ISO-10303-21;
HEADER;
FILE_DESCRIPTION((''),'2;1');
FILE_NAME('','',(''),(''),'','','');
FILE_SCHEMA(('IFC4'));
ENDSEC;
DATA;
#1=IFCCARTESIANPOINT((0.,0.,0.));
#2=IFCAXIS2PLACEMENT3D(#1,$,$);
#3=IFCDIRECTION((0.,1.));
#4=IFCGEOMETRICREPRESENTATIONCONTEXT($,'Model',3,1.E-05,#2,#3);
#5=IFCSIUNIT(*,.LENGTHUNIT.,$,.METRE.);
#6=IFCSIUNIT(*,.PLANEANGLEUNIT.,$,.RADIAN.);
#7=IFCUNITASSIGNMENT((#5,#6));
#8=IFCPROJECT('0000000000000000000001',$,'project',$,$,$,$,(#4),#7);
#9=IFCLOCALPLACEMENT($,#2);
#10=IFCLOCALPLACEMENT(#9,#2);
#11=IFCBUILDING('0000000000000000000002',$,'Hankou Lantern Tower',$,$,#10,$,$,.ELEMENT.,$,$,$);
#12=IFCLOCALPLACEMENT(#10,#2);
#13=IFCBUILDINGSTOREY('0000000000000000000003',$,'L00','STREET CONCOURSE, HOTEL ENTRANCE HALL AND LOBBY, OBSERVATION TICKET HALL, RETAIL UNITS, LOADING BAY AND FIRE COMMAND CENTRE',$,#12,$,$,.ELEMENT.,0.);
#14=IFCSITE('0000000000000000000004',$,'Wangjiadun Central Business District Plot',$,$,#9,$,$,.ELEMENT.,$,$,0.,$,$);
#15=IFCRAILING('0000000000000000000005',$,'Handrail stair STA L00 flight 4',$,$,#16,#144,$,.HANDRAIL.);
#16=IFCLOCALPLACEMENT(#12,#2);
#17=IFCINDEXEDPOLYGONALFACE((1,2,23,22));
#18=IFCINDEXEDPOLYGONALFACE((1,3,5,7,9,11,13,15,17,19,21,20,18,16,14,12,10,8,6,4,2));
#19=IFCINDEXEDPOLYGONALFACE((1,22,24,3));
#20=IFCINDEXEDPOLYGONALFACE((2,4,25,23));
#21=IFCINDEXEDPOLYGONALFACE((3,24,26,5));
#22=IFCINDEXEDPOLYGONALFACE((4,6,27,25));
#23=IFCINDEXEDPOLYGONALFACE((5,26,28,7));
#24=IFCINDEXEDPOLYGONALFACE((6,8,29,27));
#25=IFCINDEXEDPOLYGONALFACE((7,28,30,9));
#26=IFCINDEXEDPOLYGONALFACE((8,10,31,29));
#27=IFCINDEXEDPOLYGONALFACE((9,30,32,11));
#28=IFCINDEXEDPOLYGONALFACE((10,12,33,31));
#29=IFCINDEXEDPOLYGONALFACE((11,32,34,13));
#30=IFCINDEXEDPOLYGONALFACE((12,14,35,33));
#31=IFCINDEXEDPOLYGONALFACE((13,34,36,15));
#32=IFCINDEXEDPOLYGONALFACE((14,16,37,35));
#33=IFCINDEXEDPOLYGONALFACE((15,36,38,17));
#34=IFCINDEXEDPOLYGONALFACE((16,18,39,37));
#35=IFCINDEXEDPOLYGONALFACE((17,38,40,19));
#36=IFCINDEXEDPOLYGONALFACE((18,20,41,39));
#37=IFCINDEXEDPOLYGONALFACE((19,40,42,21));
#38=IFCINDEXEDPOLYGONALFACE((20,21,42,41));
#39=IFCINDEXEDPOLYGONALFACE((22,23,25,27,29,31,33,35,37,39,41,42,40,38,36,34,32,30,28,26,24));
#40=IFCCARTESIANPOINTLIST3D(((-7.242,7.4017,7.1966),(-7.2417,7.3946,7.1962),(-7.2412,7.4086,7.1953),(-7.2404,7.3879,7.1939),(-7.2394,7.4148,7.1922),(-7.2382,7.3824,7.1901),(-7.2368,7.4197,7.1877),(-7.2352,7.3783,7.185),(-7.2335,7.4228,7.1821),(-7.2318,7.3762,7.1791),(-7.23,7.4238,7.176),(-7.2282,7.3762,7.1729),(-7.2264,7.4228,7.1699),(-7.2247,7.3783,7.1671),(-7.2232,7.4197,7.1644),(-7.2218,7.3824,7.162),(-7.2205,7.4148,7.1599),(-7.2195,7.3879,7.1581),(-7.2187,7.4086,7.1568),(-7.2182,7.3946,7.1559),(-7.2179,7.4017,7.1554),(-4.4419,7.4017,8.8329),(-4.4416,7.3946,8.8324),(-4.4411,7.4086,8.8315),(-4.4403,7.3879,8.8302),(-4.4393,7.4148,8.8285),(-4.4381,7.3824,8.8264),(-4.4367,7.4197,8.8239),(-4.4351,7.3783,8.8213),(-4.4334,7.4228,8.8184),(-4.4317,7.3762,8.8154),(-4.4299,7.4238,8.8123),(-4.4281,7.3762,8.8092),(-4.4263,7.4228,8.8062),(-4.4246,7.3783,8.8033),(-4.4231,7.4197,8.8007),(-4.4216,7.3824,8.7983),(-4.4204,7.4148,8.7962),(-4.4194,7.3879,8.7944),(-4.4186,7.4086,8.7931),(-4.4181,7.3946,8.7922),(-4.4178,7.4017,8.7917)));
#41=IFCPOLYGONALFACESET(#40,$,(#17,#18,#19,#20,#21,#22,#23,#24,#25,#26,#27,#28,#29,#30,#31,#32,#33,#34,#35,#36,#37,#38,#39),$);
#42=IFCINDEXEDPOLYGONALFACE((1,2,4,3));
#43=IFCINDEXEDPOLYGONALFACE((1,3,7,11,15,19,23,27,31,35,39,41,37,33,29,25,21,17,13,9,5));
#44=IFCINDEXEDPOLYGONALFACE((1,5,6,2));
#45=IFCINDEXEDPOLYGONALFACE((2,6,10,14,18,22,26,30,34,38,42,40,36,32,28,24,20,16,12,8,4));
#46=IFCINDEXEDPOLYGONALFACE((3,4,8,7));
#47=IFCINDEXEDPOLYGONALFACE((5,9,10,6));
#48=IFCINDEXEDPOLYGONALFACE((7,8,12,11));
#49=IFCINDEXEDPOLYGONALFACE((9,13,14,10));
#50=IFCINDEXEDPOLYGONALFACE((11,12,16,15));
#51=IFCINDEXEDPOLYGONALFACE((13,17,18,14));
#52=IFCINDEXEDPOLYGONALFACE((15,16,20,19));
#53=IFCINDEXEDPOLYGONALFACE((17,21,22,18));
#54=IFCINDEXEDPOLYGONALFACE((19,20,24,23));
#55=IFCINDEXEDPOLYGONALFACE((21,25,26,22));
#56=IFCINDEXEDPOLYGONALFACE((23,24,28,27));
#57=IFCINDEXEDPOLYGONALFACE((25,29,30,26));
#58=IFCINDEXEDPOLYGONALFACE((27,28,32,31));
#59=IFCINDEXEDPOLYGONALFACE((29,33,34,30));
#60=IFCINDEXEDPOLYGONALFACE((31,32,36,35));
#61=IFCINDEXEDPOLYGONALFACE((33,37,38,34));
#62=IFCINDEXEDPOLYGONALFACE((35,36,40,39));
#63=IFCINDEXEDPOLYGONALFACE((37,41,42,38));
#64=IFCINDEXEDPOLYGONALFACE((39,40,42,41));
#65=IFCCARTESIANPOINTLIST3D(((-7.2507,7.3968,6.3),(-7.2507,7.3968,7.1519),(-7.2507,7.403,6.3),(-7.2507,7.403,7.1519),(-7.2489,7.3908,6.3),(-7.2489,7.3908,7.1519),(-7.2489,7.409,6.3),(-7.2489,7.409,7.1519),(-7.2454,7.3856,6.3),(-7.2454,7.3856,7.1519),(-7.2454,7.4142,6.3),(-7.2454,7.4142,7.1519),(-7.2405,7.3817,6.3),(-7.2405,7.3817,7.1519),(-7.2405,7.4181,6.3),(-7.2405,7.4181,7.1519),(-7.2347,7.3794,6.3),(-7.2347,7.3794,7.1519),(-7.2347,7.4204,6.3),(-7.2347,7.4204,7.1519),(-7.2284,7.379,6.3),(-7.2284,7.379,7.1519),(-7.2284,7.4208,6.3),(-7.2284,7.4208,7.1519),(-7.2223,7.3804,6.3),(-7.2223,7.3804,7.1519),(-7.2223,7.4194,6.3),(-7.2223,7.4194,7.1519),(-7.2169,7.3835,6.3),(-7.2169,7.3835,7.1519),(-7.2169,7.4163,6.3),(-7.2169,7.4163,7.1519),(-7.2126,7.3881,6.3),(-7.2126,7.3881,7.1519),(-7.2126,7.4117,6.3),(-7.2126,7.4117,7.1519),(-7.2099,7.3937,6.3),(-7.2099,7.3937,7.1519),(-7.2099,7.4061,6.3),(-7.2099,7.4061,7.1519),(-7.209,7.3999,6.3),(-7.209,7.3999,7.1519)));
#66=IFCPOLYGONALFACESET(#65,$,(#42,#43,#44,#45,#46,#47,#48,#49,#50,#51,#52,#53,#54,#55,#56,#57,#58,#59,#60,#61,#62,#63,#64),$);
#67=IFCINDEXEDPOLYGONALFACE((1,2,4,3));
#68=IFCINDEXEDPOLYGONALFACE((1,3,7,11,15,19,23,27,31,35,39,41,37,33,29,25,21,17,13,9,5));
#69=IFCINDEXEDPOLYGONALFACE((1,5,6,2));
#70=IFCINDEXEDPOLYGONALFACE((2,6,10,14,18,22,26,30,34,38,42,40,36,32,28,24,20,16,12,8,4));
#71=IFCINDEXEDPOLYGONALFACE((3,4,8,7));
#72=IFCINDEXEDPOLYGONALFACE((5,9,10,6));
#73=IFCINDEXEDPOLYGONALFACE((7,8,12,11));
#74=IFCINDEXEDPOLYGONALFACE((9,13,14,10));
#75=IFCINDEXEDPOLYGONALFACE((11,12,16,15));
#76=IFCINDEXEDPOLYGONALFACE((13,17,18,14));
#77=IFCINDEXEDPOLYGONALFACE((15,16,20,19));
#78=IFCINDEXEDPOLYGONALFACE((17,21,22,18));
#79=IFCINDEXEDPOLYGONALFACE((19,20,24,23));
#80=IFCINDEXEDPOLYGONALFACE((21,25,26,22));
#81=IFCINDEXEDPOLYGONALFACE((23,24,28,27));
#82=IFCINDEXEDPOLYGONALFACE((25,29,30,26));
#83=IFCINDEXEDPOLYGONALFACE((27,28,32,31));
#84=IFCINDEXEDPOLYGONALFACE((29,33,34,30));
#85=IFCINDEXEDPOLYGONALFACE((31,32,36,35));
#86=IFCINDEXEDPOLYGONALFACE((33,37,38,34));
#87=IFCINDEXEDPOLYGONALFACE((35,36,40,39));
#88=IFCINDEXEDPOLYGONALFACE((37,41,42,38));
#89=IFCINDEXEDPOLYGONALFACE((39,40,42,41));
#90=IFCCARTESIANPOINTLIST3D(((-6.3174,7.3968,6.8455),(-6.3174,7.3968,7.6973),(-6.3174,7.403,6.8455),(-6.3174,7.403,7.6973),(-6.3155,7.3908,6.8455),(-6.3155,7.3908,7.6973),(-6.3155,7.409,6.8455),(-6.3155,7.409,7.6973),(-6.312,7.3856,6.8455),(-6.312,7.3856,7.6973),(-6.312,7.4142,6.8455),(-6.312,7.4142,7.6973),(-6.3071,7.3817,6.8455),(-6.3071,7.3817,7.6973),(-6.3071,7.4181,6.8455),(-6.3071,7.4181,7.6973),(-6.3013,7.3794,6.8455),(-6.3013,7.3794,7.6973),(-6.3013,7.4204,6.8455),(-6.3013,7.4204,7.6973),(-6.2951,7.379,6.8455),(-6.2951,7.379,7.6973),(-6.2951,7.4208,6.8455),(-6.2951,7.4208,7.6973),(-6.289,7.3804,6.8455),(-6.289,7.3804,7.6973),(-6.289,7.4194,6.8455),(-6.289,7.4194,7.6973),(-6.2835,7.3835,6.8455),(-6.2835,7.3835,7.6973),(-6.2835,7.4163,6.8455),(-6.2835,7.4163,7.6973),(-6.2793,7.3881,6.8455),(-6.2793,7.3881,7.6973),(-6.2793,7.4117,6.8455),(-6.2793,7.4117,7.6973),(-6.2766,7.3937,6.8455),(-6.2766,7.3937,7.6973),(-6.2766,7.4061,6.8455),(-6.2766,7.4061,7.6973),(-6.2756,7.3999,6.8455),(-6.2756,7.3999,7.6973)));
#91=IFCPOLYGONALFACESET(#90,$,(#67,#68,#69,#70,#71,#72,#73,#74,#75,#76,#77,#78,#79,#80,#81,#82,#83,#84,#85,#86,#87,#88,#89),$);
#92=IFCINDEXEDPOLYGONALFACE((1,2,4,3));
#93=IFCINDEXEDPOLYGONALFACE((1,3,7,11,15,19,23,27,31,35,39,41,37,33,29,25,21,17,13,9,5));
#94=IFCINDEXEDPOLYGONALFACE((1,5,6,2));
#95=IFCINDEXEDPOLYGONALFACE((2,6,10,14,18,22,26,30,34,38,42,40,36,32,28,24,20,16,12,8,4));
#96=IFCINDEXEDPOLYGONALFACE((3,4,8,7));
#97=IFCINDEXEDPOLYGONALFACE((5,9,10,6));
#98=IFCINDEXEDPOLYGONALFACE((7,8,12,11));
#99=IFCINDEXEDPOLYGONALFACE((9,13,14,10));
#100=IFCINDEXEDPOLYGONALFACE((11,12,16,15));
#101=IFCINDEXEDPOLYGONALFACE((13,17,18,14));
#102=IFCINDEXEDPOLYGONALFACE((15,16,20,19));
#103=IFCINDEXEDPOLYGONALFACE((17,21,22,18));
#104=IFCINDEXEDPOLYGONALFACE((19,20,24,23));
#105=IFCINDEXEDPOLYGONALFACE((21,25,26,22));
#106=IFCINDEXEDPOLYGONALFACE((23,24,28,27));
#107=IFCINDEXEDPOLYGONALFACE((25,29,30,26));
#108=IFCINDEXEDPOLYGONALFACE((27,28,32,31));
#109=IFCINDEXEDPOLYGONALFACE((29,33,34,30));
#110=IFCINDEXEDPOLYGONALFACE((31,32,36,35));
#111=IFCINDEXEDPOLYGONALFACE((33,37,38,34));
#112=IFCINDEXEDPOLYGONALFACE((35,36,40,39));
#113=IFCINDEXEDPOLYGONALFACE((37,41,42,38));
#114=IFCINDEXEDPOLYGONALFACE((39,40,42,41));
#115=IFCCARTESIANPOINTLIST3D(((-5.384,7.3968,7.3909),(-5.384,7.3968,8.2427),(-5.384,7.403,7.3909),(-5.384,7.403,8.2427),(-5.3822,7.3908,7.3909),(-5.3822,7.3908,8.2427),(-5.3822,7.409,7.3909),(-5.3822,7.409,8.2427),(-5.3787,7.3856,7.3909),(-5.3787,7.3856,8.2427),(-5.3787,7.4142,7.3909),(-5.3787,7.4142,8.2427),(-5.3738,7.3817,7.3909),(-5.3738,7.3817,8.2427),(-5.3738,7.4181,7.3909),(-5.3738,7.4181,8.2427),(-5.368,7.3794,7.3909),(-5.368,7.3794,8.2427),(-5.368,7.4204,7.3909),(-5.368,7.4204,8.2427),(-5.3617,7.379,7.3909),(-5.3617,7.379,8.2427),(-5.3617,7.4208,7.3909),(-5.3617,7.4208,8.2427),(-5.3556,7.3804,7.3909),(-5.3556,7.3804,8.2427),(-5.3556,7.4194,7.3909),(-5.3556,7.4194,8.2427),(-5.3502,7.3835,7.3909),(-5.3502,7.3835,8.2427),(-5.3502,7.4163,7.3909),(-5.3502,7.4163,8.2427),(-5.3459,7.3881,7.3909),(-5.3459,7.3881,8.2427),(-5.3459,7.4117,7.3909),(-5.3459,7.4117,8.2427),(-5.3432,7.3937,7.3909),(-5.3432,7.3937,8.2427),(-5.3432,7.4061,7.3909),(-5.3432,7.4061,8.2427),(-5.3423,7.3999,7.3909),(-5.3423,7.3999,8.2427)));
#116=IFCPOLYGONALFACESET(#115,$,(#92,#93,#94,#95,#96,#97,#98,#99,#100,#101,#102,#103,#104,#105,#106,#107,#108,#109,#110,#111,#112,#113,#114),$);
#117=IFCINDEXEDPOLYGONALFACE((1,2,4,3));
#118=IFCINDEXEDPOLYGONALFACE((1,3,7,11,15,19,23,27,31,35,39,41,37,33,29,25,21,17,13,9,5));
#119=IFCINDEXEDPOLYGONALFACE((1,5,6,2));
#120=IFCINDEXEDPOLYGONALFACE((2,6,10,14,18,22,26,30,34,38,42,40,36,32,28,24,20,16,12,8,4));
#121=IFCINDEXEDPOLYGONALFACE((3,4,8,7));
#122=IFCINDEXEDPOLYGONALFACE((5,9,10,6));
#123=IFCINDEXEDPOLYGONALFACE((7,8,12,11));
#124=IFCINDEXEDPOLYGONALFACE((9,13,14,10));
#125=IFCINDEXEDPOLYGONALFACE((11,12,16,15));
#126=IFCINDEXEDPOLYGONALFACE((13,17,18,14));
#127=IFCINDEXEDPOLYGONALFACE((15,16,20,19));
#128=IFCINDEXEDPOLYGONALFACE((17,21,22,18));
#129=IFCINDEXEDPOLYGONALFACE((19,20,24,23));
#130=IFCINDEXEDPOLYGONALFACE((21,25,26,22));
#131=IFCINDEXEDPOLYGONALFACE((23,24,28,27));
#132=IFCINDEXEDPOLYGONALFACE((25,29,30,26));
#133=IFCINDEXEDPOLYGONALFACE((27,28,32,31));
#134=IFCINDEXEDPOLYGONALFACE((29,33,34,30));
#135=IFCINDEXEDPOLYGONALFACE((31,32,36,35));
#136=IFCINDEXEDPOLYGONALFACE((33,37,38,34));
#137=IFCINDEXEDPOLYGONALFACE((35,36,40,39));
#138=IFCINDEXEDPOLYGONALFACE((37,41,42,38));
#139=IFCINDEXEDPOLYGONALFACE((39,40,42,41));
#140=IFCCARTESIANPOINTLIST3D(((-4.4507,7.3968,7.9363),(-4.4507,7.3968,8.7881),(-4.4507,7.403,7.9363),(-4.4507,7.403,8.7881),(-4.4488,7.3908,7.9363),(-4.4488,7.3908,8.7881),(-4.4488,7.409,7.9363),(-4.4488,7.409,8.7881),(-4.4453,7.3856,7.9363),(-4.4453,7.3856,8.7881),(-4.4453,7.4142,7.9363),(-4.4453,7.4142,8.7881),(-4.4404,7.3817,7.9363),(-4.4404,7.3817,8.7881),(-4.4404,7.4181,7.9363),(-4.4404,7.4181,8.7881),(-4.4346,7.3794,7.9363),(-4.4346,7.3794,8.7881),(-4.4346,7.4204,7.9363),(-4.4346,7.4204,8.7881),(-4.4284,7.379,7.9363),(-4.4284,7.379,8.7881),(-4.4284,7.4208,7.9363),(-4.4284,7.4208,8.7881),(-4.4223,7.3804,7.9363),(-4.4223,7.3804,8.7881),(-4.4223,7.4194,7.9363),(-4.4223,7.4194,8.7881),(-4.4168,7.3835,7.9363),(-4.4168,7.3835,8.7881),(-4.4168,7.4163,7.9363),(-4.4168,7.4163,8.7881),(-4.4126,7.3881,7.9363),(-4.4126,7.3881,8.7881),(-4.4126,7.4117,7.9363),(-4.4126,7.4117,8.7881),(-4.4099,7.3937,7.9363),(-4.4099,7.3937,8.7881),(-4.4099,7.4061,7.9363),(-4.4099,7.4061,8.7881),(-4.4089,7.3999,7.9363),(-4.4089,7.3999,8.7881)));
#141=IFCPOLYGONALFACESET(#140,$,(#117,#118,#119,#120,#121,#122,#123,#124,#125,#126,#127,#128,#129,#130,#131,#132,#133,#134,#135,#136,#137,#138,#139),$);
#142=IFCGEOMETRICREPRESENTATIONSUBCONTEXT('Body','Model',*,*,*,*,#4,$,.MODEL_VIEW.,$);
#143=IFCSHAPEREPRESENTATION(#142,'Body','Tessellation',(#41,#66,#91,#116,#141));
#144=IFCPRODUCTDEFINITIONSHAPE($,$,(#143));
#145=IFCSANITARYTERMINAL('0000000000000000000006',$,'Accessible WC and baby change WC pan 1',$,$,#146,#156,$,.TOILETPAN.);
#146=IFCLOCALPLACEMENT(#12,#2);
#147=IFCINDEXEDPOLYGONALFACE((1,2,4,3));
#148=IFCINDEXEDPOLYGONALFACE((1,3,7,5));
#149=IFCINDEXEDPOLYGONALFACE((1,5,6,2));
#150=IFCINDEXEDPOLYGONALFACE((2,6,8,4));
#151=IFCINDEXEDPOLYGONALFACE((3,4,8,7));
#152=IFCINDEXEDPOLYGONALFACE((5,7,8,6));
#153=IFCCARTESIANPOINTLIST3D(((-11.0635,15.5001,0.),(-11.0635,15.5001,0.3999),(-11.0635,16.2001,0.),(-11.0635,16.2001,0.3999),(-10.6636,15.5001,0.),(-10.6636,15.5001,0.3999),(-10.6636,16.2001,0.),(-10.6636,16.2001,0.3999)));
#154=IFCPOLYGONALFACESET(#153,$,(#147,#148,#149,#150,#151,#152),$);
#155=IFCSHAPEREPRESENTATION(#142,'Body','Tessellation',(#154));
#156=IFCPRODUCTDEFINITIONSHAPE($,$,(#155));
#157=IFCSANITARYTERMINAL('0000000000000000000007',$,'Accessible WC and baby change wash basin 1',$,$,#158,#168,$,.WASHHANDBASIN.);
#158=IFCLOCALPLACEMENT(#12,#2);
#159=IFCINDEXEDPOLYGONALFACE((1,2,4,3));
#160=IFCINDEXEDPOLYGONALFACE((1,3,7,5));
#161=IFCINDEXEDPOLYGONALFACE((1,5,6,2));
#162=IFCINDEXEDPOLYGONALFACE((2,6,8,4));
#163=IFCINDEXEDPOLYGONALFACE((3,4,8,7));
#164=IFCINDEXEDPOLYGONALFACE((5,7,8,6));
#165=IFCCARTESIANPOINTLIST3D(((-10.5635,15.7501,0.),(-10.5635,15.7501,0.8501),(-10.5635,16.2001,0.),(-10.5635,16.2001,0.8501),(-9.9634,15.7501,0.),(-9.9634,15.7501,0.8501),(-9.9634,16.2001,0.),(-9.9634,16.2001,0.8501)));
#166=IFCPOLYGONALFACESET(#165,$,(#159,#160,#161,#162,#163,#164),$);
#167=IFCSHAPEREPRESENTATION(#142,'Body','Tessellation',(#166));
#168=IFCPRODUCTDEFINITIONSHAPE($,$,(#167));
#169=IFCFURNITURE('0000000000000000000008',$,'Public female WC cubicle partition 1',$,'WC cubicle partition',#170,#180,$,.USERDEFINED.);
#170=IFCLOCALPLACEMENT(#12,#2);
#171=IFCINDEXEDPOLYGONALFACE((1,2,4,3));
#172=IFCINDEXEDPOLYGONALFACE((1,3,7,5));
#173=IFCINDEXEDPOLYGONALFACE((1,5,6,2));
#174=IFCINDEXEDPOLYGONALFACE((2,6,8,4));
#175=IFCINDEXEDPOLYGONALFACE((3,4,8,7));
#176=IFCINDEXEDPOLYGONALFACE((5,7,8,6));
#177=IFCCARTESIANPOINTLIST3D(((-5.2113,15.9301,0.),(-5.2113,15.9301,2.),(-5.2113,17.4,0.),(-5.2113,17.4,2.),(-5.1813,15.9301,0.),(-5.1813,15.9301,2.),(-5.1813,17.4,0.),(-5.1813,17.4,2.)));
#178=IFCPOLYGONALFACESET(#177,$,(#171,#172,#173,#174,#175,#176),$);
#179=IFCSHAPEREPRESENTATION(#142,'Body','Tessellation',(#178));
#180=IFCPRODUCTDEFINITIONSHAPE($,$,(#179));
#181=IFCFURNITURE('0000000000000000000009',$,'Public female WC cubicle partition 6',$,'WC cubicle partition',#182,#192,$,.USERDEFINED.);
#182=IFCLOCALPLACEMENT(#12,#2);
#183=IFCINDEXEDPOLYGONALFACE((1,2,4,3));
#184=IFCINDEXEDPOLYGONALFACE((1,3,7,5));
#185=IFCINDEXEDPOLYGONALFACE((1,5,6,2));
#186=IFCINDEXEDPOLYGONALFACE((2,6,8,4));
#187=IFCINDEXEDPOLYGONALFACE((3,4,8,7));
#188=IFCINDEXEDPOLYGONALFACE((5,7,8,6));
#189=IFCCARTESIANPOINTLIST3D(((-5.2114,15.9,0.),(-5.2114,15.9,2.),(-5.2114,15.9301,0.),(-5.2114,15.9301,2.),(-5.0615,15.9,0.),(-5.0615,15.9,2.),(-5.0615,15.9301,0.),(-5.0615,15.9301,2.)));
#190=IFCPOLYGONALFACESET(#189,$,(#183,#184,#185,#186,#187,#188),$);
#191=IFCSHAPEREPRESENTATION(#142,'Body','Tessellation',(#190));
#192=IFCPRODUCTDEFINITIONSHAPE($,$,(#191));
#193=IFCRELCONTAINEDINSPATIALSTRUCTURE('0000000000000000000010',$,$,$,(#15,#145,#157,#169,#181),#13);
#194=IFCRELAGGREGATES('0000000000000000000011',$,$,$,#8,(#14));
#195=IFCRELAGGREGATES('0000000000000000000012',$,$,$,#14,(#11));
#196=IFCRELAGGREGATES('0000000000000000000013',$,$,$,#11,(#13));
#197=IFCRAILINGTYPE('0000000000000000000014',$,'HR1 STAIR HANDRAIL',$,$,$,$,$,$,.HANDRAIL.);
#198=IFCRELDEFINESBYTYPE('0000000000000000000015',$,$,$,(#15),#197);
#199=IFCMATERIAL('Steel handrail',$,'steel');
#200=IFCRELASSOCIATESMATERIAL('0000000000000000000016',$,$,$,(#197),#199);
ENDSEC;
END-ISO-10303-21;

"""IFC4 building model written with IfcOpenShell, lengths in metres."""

from ifc_helpers import new_model, si_unit, direction, frame, origin, origin_2d, place, context, subcontext, project, spatial, rectangle, circle, extrude, material, type_object, element, save


model = new_model("IFC4")

# Units and contexts
model_context = context("Model", 3, precision=1e-05, world=origin(), true_north=direction((0.0, 1.0)))
body_context = subcontext(model_context, "Body", "Model", "MODEL_VIEW")
ifc_project = project(units=[si_unit("LENGTHUNIT", "METRE"), si_unit("PLANEANGLEUNIT", "RADIAN")], contexts=[model_context])

# Site, building, storey
site_placement = place(None, origin())
site = spatial("IfcSite", under=ifc_project, at=site_placement, Name="Wangjiadun Central Business District Plot", CompositionType="ELEMENT", RefElevation=0.0)
building_placement = place(site_placement, origin())
building = spatial("IfcBuilding", under=site, at=building_placement, Name="Hankou Lantern Tower", CompositionType="ELEMENT")
storey_placement = place(building_placement, origin())
storey = spatial("IfcBuildingStorey", under=building, at=storey_placement, Name="L00", Description="STREET CONCOURSE, HOTEL ENTRANCE HALL AND LOBBY, OBSERVATION TICKET HALL, RETAIL UNITS, LOADING BAY AND FIRE COMMAND CENTRE", CompositionType="ELEMENT", Elevation=0.0)

# Railing
ifc_material_1 = material(Name="Steel handrail", Category="steel")
railing_type = type_object("IfcRailingType", Name="HR1 STAIR HANDRAIL", PredefinedType="HANDRAIL", material=ifc_material_1)
railing_1_placement = place(storey_placement, frame((-7.23, 7.3999, 6.3)))
element("IfcRailing", 1, at=railing_1_placement, inside=storey, type_object=railing_type, Name="Handrail stair STA L00 flight 4", PredefinedType="HANDRAIL", context=body_context, shape_type="SweptSolid", body=[
    extrude(circle(Radius=0.0239, at=origin_2d()), frame((0.0, 0.0, 0.876), z_axis=(0.863394, 0.0, 0.504531), x_axis=(0.0, 1.0, 0.0)), (0.0, 0.0, 1.0), 3.2432),
    extrude(circle(Radius=0.021, at=origin_2d()), origin(), (0.0, 0.0, 1.0), 0.8518),
    extrude(circle(Radius=0.021, at=origin_2d()), frame((0.9333, 0.0, 0.5454)), (0.0, 0.0, 1.0), 0.8518),
    extrude(circle(Radius=0.021, at=origin_2d()), frame((1.8667, 0.0, 1.0908)), (0.0, 0.0, 1.0), 0.8518),
    extrude(circle(Radius=0.021, at=origin_2d()), frame((2.8, 0.0, 1.6362)), (0.0, 0.0, 1.0), 0.8518),
])

# Sanitary terminals
sanitary_terminal_1_placement = place(storey_placement, frame((-10.8635, 15.8501, 0.0), z_axis=(0.0, 0.0, 1.0), x_axis=(1.0, 0.0, 0.0)))
element("IfcSanitaryTerminal", 2, at=sanitary_terminal_1_placement, inside=storey, Name="Accessible WC and baby change WC pan 1", PredefinedType="TOILETPAN", context=body_context, shape_type="SweptSolid", body=[
    extrude(rectangle(XDim=0.3999, YDim=0.7, at=origin_2d()), origin(), (0.0, 0.0, 1.0), 0.3999),
])
sanitary_terminal_2_placement = place(storey_placement, frame((-10.2634, 15.9751, 0.0), z_axis=(0.0, 0.0, 1.0), x_axis=(1.0, 0.0, 0.0)))
element("IfcSanitaryTerminal", 3, at=sanitary_terminal_2_placement, inside=storey, Name="Accessible WC and baby change wash basin 1", PredefinedType="WASHHANDBASIN", context=body_context, shape_type="SweptSolid", body=[
    extrude(rectangle(XDim=0.6001, YDim=0.45, at=origin_2d()), origin(), (0.0, 0.0, 1.0), 0.8501),
])

# Furniture
furniture_1_placement = place(storey_placement, frame((-5.1963, 16.665, 0.0), z_axis=(0.0, 0.0, 1.0), x_axis=(1.0, 0.0, 0.0)))
element("IfcFurniture", 4, at=furniture_1_placement, inside=storey, Name="Public female WC cubicle partition 1", ObjectType="WC cubicle partition", PredefinedType="USERDEFINED", context=body_context, shape_type="SweptSolid", body=[
    extrude(rectangle(XDim=0.03, YDim=1.47, at=origin_2d()), origin(), (0.0, 0.0, 1.0), 2.0),
])
furniture_2_placement = place(storey_placement, frame((-5.1365, 15.915, 0.0), z_axis=(0.0, 0.0, 1.0), x_axis=(1.0, 0.0, 0.0)))
element("IfcFurniture", 5, at=furniture_2_placement, inside=storey, Name="Public female WC cubicle partition 6", ObjectType="WC cubicle partition", PredefinedType="USERDEFINED", context=body_context, shape_type="SweptSolid", body=[
    extrude(rectangle(XDim=0.1499, YDim=0.03, at=origin_2d()), origin(), (0.0, 0.0, 1.0), 2.0),
])

save(model, "model.ifc")
